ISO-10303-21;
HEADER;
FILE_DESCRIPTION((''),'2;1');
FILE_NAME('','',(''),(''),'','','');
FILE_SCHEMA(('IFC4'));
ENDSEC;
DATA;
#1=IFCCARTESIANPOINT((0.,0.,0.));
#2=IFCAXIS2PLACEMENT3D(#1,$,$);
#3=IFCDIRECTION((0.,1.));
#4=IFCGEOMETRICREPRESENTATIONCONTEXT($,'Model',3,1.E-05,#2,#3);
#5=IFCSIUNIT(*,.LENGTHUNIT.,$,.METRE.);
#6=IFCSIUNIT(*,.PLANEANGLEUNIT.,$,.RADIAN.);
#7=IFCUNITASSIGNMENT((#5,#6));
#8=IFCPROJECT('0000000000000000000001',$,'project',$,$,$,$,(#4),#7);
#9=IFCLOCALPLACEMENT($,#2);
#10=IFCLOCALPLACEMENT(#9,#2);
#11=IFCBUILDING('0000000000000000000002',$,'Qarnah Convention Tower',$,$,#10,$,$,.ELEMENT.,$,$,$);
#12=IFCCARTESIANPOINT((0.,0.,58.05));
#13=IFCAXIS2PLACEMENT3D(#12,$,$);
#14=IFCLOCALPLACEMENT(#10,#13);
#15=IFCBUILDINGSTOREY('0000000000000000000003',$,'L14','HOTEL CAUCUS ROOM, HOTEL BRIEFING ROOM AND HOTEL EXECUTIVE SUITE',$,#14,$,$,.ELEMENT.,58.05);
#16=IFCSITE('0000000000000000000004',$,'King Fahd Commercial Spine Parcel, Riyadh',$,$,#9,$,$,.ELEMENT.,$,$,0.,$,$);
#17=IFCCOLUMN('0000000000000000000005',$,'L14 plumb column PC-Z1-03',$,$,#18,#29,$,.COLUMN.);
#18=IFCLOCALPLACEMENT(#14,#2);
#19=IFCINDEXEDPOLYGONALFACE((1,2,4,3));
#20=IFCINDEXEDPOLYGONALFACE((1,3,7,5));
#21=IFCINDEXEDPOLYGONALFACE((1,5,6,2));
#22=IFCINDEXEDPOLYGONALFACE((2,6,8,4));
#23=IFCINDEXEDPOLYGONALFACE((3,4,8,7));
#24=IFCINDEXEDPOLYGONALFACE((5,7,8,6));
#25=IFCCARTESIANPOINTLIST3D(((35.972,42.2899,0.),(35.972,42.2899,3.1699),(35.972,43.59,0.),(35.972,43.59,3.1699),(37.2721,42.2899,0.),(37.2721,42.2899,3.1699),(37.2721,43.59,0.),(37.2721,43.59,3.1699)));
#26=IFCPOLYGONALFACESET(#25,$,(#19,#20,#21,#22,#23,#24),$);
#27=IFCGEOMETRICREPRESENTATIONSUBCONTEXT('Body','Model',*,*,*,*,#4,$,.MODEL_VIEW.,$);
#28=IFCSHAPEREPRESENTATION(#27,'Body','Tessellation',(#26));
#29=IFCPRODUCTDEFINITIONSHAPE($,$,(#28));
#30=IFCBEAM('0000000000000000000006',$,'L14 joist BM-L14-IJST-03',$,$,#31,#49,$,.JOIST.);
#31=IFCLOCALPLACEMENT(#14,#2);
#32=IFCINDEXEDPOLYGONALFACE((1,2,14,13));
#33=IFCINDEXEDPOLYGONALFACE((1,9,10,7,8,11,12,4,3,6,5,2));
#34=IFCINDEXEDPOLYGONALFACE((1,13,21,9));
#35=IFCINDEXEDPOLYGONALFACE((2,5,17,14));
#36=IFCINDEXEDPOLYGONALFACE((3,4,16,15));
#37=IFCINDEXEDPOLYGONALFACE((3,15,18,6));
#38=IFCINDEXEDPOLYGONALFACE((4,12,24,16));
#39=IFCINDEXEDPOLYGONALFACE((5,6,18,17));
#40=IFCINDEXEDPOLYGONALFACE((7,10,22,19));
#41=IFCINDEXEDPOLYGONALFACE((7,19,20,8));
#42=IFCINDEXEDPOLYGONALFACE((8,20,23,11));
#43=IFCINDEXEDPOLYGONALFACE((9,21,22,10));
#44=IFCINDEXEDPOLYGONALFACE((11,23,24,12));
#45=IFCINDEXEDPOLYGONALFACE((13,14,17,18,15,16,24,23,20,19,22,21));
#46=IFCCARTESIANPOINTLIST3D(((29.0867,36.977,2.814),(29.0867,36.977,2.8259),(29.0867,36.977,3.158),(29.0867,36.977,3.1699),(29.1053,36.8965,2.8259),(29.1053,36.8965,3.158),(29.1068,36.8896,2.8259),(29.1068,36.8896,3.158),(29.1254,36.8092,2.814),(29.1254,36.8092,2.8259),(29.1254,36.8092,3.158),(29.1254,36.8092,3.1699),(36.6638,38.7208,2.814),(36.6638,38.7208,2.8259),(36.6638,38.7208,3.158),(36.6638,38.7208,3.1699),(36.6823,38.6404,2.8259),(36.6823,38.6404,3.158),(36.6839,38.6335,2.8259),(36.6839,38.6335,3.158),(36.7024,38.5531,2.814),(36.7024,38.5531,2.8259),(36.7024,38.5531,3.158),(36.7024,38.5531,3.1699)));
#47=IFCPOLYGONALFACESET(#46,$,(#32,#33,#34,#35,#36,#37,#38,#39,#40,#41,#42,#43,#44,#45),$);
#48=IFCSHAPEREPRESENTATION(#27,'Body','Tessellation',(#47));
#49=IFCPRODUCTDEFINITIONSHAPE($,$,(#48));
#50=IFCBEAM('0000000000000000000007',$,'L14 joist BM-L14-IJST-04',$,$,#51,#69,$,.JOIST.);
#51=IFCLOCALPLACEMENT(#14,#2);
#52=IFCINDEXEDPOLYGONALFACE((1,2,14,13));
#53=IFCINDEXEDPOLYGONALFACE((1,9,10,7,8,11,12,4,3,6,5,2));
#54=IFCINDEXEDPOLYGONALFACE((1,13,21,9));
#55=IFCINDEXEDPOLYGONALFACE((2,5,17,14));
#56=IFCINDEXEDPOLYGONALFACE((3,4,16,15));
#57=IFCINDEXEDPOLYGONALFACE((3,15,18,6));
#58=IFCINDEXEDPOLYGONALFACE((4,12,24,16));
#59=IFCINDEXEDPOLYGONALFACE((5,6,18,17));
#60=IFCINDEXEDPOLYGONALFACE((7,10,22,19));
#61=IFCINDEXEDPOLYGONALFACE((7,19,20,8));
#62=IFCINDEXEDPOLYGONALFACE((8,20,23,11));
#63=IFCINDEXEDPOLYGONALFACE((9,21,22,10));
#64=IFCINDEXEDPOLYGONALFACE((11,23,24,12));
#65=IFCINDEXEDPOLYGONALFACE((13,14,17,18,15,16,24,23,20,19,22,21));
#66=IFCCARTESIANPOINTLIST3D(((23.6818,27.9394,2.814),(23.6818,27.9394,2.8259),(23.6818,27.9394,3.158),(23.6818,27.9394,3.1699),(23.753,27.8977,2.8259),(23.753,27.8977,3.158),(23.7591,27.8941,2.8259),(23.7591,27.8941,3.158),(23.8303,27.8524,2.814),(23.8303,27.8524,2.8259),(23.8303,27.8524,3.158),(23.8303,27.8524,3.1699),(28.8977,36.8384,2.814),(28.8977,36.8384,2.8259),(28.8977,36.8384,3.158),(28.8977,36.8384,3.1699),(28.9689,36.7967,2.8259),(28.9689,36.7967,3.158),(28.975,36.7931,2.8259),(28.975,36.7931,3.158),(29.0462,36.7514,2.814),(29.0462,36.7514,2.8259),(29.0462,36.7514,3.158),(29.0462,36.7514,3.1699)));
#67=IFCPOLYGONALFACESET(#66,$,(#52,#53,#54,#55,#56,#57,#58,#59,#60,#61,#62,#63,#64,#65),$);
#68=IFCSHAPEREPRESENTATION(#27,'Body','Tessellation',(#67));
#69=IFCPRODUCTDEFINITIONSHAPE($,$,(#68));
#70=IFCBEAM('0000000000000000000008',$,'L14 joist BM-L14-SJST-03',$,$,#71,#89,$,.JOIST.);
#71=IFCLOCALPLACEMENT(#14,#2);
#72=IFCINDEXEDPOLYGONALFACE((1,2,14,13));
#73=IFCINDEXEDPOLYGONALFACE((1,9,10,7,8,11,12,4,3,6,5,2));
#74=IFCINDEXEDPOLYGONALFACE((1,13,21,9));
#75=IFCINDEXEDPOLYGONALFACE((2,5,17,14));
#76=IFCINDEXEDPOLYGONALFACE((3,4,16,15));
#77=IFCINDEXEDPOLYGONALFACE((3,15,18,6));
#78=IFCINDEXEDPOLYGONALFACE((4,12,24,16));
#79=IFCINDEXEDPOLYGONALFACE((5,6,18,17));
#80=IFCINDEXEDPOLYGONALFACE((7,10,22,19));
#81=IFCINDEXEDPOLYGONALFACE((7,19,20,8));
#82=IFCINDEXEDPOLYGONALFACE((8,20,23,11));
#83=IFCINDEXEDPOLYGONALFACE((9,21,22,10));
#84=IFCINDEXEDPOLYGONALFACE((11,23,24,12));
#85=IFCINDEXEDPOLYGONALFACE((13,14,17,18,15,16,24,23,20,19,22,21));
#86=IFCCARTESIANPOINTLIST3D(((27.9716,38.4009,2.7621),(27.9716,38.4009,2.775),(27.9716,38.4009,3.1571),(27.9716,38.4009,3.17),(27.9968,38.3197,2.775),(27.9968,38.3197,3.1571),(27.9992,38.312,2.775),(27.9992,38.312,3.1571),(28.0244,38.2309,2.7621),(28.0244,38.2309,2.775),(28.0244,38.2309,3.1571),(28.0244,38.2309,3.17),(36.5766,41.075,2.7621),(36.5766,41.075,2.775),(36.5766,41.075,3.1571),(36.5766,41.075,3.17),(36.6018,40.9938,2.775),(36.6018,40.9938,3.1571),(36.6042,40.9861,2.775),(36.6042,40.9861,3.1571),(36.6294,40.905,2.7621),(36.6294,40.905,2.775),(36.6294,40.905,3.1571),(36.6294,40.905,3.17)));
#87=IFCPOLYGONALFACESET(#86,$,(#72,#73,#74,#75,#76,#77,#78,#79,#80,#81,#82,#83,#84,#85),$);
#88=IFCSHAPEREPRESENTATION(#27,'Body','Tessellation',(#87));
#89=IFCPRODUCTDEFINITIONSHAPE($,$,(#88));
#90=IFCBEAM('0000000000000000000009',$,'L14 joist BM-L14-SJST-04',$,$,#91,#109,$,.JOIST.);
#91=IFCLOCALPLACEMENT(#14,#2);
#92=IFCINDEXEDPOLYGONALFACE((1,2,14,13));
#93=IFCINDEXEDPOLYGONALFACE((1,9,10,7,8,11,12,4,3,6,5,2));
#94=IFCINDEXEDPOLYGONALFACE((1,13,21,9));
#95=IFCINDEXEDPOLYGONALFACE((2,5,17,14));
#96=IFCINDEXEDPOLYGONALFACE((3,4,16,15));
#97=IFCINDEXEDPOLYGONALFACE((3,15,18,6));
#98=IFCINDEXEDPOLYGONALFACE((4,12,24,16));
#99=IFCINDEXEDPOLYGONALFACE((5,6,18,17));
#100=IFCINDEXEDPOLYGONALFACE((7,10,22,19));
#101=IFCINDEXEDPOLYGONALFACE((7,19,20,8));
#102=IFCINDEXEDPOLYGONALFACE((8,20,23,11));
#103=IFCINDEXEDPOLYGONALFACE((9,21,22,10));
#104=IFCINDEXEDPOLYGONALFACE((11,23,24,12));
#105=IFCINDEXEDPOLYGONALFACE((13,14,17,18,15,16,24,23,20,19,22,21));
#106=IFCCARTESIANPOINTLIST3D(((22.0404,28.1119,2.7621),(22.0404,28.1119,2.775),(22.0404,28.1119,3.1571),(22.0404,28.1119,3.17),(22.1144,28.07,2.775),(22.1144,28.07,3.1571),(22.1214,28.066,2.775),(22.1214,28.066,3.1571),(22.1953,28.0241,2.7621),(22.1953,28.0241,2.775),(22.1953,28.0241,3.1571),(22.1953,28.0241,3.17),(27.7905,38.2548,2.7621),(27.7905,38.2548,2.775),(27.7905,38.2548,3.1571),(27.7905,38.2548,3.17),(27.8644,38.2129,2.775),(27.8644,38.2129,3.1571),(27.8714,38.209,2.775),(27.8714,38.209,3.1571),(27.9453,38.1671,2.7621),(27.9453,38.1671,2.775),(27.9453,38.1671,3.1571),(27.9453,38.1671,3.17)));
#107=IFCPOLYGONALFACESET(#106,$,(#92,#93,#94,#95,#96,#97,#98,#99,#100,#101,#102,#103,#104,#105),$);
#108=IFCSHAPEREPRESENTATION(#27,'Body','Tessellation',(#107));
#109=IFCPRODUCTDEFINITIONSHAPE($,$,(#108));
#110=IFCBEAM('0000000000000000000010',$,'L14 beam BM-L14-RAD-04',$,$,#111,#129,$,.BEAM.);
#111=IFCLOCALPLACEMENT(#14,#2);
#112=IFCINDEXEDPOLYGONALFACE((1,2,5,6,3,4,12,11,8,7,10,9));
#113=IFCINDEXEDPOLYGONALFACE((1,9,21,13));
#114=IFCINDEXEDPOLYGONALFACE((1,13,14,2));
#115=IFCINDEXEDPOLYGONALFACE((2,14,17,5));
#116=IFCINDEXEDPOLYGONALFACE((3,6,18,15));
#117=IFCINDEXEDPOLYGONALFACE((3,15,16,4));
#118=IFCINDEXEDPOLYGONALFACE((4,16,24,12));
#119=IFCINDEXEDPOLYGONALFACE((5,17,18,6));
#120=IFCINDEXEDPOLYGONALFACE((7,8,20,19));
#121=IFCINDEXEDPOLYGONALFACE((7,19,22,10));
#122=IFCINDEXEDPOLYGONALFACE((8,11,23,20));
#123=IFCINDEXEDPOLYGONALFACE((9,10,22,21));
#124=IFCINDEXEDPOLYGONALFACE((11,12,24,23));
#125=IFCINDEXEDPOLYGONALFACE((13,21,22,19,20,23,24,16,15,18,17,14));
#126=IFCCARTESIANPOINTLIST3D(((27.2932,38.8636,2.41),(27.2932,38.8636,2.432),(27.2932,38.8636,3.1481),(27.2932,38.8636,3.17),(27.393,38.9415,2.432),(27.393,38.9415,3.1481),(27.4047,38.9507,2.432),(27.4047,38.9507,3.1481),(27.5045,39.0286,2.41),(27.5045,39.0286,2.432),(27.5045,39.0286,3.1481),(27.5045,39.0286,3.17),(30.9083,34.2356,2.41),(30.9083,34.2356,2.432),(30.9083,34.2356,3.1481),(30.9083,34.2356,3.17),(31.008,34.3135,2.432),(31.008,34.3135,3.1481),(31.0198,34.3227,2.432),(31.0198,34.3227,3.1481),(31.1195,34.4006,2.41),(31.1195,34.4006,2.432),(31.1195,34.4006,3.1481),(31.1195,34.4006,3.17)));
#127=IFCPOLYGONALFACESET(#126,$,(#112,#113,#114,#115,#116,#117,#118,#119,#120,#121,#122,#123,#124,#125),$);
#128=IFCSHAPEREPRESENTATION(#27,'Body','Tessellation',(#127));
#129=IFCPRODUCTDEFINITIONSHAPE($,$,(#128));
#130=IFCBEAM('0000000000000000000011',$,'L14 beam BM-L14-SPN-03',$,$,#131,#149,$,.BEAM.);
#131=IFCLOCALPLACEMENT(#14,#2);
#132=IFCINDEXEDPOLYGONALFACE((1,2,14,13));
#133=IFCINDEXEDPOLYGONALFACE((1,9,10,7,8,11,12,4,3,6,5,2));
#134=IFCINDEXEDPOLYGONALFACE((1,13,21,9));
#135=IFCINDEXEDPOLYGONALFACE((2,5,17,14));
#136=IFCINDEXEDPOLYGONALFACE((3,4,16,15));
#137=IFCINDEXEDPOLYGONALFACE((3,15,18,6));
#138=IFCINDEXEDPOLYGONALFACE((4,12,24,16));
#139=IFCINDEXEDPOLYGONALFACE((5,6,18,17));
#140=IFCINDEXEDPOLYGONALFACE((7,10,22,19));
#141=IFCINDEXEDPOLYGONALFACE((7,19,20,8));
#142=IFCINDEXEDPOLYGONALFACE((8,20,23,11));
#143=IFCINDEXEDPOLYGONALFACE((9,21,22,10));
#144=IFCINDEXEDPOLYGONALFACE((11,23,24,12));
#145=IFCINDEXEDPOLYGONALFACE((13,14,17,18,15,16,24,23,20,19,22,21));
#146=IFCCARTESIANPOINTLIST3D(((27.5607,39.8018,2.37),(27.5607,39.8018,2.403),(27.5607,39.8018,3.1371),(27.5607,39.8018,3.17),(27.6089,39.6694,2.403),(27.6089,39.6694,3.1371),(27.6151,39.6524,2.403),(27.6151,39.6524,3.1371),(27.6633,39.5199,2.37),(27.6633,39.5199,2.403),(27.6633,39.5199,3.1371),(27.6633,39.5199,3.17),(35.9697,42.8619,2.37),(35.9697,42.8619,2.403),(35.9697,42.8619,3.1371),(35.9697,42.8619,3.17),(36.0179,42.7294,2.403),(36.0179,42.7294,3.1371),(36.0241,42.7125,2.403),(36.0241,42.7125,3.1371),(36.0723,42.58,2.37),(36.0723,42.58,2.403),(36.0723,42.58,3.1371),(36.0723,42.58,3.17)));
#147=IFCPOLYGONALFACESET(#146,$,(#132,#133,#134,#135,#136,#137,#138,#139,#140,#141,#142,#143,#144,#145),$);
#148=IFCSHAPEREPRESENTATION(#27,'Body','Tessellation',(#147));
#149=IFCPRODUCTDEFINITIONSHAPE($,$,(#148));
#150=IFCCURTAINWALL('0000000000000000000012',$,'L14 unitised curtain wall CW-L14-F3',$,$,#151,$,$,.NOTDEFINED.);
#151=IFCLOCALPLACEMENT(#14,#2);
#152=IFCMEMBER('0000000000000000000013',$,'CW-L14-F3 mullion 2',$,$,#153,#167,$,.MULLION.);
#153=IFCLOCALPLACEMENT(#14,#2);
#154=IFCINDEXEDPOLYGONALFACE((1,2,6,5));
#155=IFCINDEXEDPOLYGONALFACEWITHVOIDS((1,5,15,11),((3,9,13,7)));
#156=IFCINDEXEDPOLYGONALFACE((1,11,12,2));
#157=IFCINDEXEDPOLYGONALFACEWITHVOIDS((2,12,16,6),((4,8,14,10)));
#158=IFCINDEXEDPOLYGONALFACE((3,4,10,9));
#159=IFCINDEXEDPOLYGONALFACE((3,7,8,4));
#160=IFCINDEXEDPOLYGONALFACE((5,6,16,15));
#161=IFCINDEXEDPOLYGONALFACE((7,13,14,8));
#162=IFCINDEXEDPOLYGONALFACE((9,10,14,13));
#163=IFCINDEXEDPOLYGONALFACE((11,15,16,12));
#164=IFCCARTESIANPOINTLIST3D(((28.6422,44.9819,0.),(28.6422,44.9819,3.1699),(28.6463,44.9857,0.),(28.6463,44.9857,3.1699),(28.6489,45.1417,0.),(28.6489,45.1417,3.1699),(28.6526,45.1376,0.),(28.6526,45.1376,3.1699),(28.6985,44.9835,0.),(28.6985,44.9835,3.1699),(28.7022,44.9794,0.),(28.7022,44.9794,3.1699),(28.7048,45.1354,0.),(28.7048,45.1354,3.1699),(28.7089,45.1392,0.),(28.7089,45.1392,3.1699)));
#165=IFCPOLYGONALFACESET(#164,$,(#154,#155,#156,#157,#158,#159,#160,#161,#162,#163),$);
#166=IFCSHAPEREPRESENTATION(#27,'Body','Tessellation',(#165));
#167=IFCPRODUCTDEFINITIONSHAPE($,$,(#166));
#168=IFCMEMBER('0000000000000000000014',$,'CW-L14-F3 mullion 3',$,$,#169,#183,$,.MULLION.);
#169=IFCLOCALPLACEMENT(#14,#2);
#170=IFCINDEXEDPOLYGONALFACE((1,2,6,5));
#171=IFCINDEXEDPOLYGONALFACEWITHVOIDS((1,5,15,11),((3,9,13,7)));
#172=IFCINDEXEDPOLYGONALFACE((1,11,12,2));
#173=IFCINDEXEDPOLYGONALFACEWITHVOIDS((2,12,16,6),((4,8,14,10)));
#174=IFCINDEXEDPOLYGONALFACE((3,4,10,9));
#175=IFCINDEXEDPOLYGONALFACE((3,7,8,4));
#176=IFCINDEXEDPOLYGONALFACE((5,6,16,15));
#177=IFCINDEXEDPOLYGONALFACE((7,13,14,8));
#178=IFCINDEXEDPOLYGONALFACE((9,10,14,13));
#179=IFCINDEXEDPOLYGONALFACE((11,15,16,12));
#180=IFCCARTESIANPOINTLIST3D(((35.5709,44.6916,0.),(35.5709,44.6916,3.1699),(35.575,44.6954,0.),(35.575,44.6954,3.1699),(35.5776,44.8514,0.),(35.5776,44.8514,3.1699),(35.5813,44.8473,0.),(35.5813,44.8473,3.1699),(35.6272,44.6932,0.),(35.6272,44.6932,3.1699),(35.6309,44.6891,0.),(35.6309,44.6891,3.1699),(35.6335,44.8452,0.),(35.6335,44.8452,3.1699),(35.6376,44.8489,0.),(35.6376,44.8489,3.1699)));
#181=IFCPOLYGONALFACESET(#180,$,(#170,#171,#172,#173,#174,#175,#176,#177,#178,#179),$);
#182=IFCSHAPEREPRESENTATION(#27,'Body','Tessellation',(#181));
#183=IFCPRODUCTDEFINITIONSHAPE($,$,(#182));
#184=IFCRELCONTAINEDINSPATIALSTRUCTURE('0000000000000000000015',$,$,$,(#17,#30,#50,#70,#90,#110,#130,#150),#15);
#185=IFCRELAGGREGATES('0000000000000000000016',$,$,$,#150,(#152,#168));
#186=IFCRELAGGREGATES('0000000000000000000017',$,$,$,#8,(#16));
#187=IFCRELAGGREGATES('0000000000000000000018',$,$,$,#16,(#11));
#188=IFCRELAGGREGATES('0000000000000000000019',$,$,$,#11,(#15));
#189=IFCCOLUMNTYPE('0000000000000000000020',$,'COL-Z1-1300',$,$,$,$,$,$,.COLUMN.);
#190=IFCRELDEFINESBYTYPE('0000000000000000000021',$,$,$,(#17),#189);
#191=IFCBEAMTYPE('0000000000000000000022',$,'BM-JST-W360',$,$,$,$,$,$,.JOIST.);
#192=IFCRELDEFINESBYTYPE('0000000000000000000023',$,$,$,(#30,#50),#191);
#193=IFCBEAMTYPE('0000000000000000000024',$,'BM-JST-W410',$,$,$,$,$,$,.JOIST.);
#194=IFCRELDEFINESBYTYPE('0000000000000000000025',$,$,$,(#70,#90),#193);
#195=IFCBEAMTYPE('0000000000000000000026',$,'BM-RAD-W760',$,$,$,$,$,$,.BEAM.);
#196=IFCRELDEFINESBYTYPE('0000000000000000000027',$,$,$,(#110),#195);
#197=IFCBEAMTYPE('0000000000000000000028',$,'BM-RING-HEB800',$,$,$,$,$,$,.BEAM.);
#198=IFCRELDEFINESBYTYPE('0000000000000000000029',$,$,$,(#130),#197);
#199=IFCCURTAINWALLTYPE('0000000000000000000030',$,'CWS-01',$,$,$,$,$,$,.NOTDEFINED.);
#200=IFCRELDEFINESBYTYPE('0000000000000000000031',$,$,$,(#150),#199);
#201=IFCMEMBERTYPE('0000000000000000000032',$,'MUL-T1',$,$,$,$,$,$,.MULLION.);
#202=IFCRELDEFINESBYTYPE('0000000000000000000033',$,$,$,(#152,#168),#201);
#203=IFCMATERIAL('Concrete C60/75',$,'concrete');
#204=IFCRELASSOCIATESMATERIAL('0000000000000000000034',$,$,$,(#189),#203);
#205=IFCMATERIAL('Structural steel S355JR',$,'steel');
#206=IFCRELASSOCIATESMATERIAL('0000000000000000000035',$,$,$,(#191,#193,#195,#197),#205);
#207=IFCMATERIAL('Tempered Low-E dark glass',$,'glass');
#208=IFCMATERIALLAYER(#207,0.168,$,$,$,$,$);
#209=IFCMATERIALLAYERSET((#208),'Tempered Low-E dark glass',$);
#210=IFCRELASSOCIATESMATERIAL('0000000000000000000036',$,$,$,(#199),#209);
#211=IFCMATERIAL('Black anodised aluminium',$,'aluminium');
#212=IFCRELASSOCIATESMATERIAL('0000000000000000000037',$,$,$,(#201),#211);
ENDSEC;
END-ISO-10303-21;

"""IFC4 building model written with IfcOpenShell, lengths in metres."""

from ifc_helpers import new_model, si_unit, direction, frame, origin, origin_2d, place, context, subcontext, project, spatial, rectangle, hollow_rectangle, i_section, extrude, material, layer, layer_set, material_profile, profile_set, type_object, element, aggregate, save


model = new_model("IFC4")

# Units and contexts
model_context = context("Model", 3, precision=1e-05, world=origin(), true_north=direction((0.0, 1.0)))
body_context = subcontext(model_context, "Body", "Model", "MODEL_VIEW")
ifc_project = project(units=[si_unit("LENGTHUNIT", "METRE"), si_unit("PLANEANGLEUNIT", "RADIAN")], contexts=[model_context])

# Site, building, storey
site_placement = place(None, origin())
site = spatial("IfcSite", under=ifc_project, at=site_placement, Name="King Fahd Commercial Spine Parcel, Riyadh", CompositionType="ELEMENT", RefElevation=0.0)
building_placement = place(site_placement, origin())
building = spatial("IfcBuilding", under=site, at=building_placement, Name="Qarnah Convention Tower", CompositionType="ELEMENT")
storey_placement = place(building_placement, frame((0.0, 0.0, 58.05)))
storey = spatial("IfcBuildingStorey", under=building, at=storey_placement, Name="L14", Description="HOTEL CAUCUS ROOM, HOTEL BRIEFING ROOM AND HOTEL EXECUTIVE SUITE", CompositionType="ELEMENT", Elevation=58.05)

# Column
ifc_material_1 = material(Name="Concrete C60/75", Category="concrete")
ifc_material_profile_1 = material_profile(ifc_material_1, rectangle(XDim=1.3, YDim=1.3, at=origin_2d()), Name="RC-COL-1300X1300")
ifc_profile_set_1 = profile_set([ifc_material_profile_1], Name="Concrete C60/75")
column_type = type_object("IfcColumnType", Name="COL-Z1-1300", PredefinedType="COLUMN", material=ifc_profile_set_1)
column_placement = place(storey_placement, frame((36.6221, 42.9399, 0.0), z_axis=(0.0, 0.0, 1.0), x_axis=(1.0, 0.0, 0.0)))
element("IfcColumn", 1, at=column_placement, inside=storey, type_object=column_type, Name="L14 plumb column PC-Z1-03", PredefinedType="COLUMN", context=body_context, shape_type="SweptSolid", body=[
    extrude(rectangle(XDim=1.3, YDim=1.3, at=origin_2d()), origin(), (0.0, 0.0, 1.0), 3.1699),
])

# Beams
ifc_material_2 = material(Name="Structural steel S355JR", Category="steel")
ifc_material_profile_2 = material_profile(ifc_material_2, i_section(OverallWidth=0.1721, OverallDepth=0.356, WebThickness=0.0071, FlangeThickness=0.012, at=origin_2d()), Name="W360X51")
ifc_profile_set_2 = profile_set([ifc_material_profile_2], Name="Structural steel S355JR")
beam_type_1 = type_object("IfcBeamType", Name="BM-JST-W360", PredefinedType="JOIST", material=ifc_profile_set_2)
beam_1_placement = place(storey_placement, frame((36.6831, 38.637, 2.9919), z_axis=(-0.974523, -0.224288, 0.0), x_axis=(0.224288, -0.974523, 0.0)))
element("IfcBeam", 2, at=beam_1_placement, inside=storey, type_object=beam_type_1, Name="L14 joist BM-L14-IJST-03", PredefinedType="JOIST", context=body_context, shape_type="SweptSolid", body=[
    extrude(i_section(OverallWidth=0.1721, OverallDepth=0.356, WebThickness=0.0071, FlangeThickness=0.012, at=origin_2d()), origin(), (0.0, 0.0, 1.0), 7.7751),
])
beam_2_placement = place(storey_placement, frame((28.9719, 36.7949, 2.9919), z_axis=(-0.505662, -0.862731, 0.0), x_axis=(0.862731, -0.505662, 0.0)))
element("IfcBeam", 3, at=beam_2_placement, inside=storey, type_object=beam_type_1, Name="L14 joist BM-L14-IJST-04", PredefinedType="JOIST", context=body_context, shape_type="SweptSolid", body=[
    extrude(i_section(OverallWidth=0.1721, OverallDepth=0.356, WebThickness=0.0071, FlangeThickness=0.012, at=origin_2d()), origin(), (0.0, 0.0, 1.0), 10.3149),
])
ifc_material_profile_3 = material_profile(ifc_material_2, i_section(OverallWidth=0.178, OverallDepth=0.408, WebThickness=0.0081, FlangeThickness=0.0129, at=origin_2d()), Name="W410X60")
ifc_profile_set_3 = profile_set([ifc_material_profile_3], Name="Structural steel S355JR")
beam_type_2 = type_object("IfcBeamType", Name="BM-JST-W410", PredefinedType="JOIST", material=ifc_profile_set_3)
beam_3_placement = place(storey_placement, frame((36.603, 40.99, 2.9661), z_axis=(-0.954952, -0.29676, 0.0), x_axis=(0.29676, -0.954952, 0.0)))
element("IfcBeam", 4, at=beam_3_placement, inside=storey, type_object=beam_type_2, Name="L14 joist BM-L14-SJST-03", PredefinedType="JOIST", context=body_context, shape_type="SweptSolid", body=[
    extrude(i_section(OverallWidth=0.178, OverallDepth=0.408, WebThickness=0.0081, FlangeThickness=0.0129, at=origin_2d()), origin(), (0.0, 0.0, 1.0), 9.011),
])
beam_4_placement = place(storey_placement, frame((27.8679, 38.2109, 2.9661), z_axis=(-0.493168, -0.869934, 0.0), x_axis=(0.869934, -0.493168, 0.0)))
element("IfcBeam", 5, at=beam_4_placement, inside=storey, type_object=beam_type_2, Name="L14 joist BM-L14-SJST-04", PredefinedType="JOIST", context=body_context, shape_type="SweptSolid", body=[
    extrude(i_section(OverallWidth=0.178, OverallDepth=0.408, WebThickness=0.0081, FlangeThickness=0.0129, at=origin_2d()), origin(), (0.0, 0.0, 1.0), 11.6594),
])
ifc_material_profile_4 = material_profile(ifc_material_2, i_section(OverallWidth=0.2681, OverallDepth=0.76, WebThickness=0.0149, FlangeThickness=0.022, at=origin_2d()), Name="W760X185")
ifc_profile_set_4 = profile_set([ifc_material_profile_4], Name="Structural steel S355JR")
beam_type_3 = type_object("IfcBeamType", Name="BM-RAD-W760", PredefinedType="BEAM", material=ifc_profile_set_4)
beam_5_placement = place(storey_placement, frame((31.0139, 34.3181, 2.79), z_axis=(-0.615583, 0.788072, 0.0), x_axis=(-0.788072, -0.615583, 0.0)))
element("IfcBeam", 6, at=beam_5_placement, inside=storey, type_object=beam_type_3, Name="L14 beam BM-L14-RAD-04", PredefinedType="BEAM", context=body_context, shape_type="SweptSolid", body=[
    extrude(i_section(OverallWidth=0.2681, OverallDepth=0.76, WebThickness=0.0149, FlangeThickness=0.022, at=origin_2d()), origin(), (0.0, 0.0, 1.0), 5.8726),
])
ifc_material_profile_5 = material_profile(ifc_material_2, i_section(OverallWidth=0.3, OverallDepth=0.8, WebThickness=0.0181, FlangeThickness=0.033, at=origin_2d()), Name="HEB800")
ifc_profile_set_5 = profile_set([ifc_material_profile_5], Name="Structural steel S355JR")
beam_type_4 = type_object("IfcBeamType", Name="BM-RING-HEB800", PredefinedType="BEAM", material=ifc_profile_set_5)
beam_6_placement = place(storey_placement, frame((36.021, 42.7209, 2.77), z_axis=(-0.939712, -0.341966, 0.0), x_axis=(0.341966, -0.939712, 0.0)))
element("IfcBeam", 7, at=beam_6_placement, inside=storey, type_object=beam_type_4, Name="L14 beam BM-L14-SPN-03", PredefinedType="BEAM", context=body_context, shape_type="SweptSolid", body=[
    extrude(i_section(OverallWidth=0.3, OverallDepth=0.8, WebThickness=0.0181, FlangeThickness=0.033, at=origin_2d()), origin(), (0.0, 0.0, 1.0), 8.9485),
])

# Curtain wall, members
ifc_material_3 = material(Name="Tempered Low-E dark glass", Category="glass")
ifc_layer_1 = layer(ifc_material_3, 0.168)
ifc_layer_set_1 = layer_set([ifc_layer_1], Name="Tempered Low-E dark glass")
curtain_wall_type = type_object("IfcCurtainWallType", Name="CWS-01", PredefinedType="NOTDEFINED", material=ifc_layer_set_1)
curtain_wall_placement = place(storey_placement, origin())
curtain_wall = element("IfcCurtainWall", 8, at=curtain_wall_placement, inside=storey, type_object=curtain_wall_type, Name="L14 unitised curtain wall CW-L14-F3", PredefinedType="NOTDEFINED")
ifc_material_4 = material(Name="Black anodised aluminium", Category="aluminium")
ifc_material_profile_6 = material_profile(ifc_material_4, hollow_rectangle(XDim=0.0601, YDim=0.1599, WallThickness=0.0039, at=origin_2d()), Name="MUL-60X160")
ifc_profile_set_6 = profile_set([ifc_material_profile_6], Name="Black anodised aluminium")
member_type = type_object("IfcMemberType", Name="MUL-T1", PredefinedType="MULLION", material=ifc_profile_set_6)
member_1_placement = place(storey_placement, frame((28.6755, 45.0605, 0.0), z_axis=(0.0, 0.0, 1.0), x_axis=(0.999123, -0.041876, 0.0)))
member_1 = element("IfcMember", 9, at=member_1_placement, type_object=member_type, Name="CW-L14-F3 mullion 2", PredefinedType="MULLION", context=body_context, shape_type="SweptSolid", body=[
    extrude(hollow_rectangle(XDim=0.0601, YDim=0.1599, WallThickness=0.0039, at=origin_2d()), origin(), (0.0, 0.0, 1.0), 3.1699),
])
member_2_placement = place(storey_placement, frame((35.6042, 44.7703, 0.0), z_axis=(0.0, 0.0, 1.0), x_axis=(0.999123, -0.041876, 0.0)))
member_2 = element("IfcMember", 10, at=member_2_placement, type_object=member_type, Name="CW-L14-F3 mullion 3", PredefinedType="MULLION", context=body_context, shape_type="SweptSolid", body=[
    extrude(hollow_rectangle(XDim=0.0601, YDim=0.1599, WallThickness=0.0039, at=origin_2d()), origin(), (0.0, 0.0, 1.0), 3.1699),
])
aggregate(curtain_wall, [member_1, member_2])

save(model, "model.ifc")
